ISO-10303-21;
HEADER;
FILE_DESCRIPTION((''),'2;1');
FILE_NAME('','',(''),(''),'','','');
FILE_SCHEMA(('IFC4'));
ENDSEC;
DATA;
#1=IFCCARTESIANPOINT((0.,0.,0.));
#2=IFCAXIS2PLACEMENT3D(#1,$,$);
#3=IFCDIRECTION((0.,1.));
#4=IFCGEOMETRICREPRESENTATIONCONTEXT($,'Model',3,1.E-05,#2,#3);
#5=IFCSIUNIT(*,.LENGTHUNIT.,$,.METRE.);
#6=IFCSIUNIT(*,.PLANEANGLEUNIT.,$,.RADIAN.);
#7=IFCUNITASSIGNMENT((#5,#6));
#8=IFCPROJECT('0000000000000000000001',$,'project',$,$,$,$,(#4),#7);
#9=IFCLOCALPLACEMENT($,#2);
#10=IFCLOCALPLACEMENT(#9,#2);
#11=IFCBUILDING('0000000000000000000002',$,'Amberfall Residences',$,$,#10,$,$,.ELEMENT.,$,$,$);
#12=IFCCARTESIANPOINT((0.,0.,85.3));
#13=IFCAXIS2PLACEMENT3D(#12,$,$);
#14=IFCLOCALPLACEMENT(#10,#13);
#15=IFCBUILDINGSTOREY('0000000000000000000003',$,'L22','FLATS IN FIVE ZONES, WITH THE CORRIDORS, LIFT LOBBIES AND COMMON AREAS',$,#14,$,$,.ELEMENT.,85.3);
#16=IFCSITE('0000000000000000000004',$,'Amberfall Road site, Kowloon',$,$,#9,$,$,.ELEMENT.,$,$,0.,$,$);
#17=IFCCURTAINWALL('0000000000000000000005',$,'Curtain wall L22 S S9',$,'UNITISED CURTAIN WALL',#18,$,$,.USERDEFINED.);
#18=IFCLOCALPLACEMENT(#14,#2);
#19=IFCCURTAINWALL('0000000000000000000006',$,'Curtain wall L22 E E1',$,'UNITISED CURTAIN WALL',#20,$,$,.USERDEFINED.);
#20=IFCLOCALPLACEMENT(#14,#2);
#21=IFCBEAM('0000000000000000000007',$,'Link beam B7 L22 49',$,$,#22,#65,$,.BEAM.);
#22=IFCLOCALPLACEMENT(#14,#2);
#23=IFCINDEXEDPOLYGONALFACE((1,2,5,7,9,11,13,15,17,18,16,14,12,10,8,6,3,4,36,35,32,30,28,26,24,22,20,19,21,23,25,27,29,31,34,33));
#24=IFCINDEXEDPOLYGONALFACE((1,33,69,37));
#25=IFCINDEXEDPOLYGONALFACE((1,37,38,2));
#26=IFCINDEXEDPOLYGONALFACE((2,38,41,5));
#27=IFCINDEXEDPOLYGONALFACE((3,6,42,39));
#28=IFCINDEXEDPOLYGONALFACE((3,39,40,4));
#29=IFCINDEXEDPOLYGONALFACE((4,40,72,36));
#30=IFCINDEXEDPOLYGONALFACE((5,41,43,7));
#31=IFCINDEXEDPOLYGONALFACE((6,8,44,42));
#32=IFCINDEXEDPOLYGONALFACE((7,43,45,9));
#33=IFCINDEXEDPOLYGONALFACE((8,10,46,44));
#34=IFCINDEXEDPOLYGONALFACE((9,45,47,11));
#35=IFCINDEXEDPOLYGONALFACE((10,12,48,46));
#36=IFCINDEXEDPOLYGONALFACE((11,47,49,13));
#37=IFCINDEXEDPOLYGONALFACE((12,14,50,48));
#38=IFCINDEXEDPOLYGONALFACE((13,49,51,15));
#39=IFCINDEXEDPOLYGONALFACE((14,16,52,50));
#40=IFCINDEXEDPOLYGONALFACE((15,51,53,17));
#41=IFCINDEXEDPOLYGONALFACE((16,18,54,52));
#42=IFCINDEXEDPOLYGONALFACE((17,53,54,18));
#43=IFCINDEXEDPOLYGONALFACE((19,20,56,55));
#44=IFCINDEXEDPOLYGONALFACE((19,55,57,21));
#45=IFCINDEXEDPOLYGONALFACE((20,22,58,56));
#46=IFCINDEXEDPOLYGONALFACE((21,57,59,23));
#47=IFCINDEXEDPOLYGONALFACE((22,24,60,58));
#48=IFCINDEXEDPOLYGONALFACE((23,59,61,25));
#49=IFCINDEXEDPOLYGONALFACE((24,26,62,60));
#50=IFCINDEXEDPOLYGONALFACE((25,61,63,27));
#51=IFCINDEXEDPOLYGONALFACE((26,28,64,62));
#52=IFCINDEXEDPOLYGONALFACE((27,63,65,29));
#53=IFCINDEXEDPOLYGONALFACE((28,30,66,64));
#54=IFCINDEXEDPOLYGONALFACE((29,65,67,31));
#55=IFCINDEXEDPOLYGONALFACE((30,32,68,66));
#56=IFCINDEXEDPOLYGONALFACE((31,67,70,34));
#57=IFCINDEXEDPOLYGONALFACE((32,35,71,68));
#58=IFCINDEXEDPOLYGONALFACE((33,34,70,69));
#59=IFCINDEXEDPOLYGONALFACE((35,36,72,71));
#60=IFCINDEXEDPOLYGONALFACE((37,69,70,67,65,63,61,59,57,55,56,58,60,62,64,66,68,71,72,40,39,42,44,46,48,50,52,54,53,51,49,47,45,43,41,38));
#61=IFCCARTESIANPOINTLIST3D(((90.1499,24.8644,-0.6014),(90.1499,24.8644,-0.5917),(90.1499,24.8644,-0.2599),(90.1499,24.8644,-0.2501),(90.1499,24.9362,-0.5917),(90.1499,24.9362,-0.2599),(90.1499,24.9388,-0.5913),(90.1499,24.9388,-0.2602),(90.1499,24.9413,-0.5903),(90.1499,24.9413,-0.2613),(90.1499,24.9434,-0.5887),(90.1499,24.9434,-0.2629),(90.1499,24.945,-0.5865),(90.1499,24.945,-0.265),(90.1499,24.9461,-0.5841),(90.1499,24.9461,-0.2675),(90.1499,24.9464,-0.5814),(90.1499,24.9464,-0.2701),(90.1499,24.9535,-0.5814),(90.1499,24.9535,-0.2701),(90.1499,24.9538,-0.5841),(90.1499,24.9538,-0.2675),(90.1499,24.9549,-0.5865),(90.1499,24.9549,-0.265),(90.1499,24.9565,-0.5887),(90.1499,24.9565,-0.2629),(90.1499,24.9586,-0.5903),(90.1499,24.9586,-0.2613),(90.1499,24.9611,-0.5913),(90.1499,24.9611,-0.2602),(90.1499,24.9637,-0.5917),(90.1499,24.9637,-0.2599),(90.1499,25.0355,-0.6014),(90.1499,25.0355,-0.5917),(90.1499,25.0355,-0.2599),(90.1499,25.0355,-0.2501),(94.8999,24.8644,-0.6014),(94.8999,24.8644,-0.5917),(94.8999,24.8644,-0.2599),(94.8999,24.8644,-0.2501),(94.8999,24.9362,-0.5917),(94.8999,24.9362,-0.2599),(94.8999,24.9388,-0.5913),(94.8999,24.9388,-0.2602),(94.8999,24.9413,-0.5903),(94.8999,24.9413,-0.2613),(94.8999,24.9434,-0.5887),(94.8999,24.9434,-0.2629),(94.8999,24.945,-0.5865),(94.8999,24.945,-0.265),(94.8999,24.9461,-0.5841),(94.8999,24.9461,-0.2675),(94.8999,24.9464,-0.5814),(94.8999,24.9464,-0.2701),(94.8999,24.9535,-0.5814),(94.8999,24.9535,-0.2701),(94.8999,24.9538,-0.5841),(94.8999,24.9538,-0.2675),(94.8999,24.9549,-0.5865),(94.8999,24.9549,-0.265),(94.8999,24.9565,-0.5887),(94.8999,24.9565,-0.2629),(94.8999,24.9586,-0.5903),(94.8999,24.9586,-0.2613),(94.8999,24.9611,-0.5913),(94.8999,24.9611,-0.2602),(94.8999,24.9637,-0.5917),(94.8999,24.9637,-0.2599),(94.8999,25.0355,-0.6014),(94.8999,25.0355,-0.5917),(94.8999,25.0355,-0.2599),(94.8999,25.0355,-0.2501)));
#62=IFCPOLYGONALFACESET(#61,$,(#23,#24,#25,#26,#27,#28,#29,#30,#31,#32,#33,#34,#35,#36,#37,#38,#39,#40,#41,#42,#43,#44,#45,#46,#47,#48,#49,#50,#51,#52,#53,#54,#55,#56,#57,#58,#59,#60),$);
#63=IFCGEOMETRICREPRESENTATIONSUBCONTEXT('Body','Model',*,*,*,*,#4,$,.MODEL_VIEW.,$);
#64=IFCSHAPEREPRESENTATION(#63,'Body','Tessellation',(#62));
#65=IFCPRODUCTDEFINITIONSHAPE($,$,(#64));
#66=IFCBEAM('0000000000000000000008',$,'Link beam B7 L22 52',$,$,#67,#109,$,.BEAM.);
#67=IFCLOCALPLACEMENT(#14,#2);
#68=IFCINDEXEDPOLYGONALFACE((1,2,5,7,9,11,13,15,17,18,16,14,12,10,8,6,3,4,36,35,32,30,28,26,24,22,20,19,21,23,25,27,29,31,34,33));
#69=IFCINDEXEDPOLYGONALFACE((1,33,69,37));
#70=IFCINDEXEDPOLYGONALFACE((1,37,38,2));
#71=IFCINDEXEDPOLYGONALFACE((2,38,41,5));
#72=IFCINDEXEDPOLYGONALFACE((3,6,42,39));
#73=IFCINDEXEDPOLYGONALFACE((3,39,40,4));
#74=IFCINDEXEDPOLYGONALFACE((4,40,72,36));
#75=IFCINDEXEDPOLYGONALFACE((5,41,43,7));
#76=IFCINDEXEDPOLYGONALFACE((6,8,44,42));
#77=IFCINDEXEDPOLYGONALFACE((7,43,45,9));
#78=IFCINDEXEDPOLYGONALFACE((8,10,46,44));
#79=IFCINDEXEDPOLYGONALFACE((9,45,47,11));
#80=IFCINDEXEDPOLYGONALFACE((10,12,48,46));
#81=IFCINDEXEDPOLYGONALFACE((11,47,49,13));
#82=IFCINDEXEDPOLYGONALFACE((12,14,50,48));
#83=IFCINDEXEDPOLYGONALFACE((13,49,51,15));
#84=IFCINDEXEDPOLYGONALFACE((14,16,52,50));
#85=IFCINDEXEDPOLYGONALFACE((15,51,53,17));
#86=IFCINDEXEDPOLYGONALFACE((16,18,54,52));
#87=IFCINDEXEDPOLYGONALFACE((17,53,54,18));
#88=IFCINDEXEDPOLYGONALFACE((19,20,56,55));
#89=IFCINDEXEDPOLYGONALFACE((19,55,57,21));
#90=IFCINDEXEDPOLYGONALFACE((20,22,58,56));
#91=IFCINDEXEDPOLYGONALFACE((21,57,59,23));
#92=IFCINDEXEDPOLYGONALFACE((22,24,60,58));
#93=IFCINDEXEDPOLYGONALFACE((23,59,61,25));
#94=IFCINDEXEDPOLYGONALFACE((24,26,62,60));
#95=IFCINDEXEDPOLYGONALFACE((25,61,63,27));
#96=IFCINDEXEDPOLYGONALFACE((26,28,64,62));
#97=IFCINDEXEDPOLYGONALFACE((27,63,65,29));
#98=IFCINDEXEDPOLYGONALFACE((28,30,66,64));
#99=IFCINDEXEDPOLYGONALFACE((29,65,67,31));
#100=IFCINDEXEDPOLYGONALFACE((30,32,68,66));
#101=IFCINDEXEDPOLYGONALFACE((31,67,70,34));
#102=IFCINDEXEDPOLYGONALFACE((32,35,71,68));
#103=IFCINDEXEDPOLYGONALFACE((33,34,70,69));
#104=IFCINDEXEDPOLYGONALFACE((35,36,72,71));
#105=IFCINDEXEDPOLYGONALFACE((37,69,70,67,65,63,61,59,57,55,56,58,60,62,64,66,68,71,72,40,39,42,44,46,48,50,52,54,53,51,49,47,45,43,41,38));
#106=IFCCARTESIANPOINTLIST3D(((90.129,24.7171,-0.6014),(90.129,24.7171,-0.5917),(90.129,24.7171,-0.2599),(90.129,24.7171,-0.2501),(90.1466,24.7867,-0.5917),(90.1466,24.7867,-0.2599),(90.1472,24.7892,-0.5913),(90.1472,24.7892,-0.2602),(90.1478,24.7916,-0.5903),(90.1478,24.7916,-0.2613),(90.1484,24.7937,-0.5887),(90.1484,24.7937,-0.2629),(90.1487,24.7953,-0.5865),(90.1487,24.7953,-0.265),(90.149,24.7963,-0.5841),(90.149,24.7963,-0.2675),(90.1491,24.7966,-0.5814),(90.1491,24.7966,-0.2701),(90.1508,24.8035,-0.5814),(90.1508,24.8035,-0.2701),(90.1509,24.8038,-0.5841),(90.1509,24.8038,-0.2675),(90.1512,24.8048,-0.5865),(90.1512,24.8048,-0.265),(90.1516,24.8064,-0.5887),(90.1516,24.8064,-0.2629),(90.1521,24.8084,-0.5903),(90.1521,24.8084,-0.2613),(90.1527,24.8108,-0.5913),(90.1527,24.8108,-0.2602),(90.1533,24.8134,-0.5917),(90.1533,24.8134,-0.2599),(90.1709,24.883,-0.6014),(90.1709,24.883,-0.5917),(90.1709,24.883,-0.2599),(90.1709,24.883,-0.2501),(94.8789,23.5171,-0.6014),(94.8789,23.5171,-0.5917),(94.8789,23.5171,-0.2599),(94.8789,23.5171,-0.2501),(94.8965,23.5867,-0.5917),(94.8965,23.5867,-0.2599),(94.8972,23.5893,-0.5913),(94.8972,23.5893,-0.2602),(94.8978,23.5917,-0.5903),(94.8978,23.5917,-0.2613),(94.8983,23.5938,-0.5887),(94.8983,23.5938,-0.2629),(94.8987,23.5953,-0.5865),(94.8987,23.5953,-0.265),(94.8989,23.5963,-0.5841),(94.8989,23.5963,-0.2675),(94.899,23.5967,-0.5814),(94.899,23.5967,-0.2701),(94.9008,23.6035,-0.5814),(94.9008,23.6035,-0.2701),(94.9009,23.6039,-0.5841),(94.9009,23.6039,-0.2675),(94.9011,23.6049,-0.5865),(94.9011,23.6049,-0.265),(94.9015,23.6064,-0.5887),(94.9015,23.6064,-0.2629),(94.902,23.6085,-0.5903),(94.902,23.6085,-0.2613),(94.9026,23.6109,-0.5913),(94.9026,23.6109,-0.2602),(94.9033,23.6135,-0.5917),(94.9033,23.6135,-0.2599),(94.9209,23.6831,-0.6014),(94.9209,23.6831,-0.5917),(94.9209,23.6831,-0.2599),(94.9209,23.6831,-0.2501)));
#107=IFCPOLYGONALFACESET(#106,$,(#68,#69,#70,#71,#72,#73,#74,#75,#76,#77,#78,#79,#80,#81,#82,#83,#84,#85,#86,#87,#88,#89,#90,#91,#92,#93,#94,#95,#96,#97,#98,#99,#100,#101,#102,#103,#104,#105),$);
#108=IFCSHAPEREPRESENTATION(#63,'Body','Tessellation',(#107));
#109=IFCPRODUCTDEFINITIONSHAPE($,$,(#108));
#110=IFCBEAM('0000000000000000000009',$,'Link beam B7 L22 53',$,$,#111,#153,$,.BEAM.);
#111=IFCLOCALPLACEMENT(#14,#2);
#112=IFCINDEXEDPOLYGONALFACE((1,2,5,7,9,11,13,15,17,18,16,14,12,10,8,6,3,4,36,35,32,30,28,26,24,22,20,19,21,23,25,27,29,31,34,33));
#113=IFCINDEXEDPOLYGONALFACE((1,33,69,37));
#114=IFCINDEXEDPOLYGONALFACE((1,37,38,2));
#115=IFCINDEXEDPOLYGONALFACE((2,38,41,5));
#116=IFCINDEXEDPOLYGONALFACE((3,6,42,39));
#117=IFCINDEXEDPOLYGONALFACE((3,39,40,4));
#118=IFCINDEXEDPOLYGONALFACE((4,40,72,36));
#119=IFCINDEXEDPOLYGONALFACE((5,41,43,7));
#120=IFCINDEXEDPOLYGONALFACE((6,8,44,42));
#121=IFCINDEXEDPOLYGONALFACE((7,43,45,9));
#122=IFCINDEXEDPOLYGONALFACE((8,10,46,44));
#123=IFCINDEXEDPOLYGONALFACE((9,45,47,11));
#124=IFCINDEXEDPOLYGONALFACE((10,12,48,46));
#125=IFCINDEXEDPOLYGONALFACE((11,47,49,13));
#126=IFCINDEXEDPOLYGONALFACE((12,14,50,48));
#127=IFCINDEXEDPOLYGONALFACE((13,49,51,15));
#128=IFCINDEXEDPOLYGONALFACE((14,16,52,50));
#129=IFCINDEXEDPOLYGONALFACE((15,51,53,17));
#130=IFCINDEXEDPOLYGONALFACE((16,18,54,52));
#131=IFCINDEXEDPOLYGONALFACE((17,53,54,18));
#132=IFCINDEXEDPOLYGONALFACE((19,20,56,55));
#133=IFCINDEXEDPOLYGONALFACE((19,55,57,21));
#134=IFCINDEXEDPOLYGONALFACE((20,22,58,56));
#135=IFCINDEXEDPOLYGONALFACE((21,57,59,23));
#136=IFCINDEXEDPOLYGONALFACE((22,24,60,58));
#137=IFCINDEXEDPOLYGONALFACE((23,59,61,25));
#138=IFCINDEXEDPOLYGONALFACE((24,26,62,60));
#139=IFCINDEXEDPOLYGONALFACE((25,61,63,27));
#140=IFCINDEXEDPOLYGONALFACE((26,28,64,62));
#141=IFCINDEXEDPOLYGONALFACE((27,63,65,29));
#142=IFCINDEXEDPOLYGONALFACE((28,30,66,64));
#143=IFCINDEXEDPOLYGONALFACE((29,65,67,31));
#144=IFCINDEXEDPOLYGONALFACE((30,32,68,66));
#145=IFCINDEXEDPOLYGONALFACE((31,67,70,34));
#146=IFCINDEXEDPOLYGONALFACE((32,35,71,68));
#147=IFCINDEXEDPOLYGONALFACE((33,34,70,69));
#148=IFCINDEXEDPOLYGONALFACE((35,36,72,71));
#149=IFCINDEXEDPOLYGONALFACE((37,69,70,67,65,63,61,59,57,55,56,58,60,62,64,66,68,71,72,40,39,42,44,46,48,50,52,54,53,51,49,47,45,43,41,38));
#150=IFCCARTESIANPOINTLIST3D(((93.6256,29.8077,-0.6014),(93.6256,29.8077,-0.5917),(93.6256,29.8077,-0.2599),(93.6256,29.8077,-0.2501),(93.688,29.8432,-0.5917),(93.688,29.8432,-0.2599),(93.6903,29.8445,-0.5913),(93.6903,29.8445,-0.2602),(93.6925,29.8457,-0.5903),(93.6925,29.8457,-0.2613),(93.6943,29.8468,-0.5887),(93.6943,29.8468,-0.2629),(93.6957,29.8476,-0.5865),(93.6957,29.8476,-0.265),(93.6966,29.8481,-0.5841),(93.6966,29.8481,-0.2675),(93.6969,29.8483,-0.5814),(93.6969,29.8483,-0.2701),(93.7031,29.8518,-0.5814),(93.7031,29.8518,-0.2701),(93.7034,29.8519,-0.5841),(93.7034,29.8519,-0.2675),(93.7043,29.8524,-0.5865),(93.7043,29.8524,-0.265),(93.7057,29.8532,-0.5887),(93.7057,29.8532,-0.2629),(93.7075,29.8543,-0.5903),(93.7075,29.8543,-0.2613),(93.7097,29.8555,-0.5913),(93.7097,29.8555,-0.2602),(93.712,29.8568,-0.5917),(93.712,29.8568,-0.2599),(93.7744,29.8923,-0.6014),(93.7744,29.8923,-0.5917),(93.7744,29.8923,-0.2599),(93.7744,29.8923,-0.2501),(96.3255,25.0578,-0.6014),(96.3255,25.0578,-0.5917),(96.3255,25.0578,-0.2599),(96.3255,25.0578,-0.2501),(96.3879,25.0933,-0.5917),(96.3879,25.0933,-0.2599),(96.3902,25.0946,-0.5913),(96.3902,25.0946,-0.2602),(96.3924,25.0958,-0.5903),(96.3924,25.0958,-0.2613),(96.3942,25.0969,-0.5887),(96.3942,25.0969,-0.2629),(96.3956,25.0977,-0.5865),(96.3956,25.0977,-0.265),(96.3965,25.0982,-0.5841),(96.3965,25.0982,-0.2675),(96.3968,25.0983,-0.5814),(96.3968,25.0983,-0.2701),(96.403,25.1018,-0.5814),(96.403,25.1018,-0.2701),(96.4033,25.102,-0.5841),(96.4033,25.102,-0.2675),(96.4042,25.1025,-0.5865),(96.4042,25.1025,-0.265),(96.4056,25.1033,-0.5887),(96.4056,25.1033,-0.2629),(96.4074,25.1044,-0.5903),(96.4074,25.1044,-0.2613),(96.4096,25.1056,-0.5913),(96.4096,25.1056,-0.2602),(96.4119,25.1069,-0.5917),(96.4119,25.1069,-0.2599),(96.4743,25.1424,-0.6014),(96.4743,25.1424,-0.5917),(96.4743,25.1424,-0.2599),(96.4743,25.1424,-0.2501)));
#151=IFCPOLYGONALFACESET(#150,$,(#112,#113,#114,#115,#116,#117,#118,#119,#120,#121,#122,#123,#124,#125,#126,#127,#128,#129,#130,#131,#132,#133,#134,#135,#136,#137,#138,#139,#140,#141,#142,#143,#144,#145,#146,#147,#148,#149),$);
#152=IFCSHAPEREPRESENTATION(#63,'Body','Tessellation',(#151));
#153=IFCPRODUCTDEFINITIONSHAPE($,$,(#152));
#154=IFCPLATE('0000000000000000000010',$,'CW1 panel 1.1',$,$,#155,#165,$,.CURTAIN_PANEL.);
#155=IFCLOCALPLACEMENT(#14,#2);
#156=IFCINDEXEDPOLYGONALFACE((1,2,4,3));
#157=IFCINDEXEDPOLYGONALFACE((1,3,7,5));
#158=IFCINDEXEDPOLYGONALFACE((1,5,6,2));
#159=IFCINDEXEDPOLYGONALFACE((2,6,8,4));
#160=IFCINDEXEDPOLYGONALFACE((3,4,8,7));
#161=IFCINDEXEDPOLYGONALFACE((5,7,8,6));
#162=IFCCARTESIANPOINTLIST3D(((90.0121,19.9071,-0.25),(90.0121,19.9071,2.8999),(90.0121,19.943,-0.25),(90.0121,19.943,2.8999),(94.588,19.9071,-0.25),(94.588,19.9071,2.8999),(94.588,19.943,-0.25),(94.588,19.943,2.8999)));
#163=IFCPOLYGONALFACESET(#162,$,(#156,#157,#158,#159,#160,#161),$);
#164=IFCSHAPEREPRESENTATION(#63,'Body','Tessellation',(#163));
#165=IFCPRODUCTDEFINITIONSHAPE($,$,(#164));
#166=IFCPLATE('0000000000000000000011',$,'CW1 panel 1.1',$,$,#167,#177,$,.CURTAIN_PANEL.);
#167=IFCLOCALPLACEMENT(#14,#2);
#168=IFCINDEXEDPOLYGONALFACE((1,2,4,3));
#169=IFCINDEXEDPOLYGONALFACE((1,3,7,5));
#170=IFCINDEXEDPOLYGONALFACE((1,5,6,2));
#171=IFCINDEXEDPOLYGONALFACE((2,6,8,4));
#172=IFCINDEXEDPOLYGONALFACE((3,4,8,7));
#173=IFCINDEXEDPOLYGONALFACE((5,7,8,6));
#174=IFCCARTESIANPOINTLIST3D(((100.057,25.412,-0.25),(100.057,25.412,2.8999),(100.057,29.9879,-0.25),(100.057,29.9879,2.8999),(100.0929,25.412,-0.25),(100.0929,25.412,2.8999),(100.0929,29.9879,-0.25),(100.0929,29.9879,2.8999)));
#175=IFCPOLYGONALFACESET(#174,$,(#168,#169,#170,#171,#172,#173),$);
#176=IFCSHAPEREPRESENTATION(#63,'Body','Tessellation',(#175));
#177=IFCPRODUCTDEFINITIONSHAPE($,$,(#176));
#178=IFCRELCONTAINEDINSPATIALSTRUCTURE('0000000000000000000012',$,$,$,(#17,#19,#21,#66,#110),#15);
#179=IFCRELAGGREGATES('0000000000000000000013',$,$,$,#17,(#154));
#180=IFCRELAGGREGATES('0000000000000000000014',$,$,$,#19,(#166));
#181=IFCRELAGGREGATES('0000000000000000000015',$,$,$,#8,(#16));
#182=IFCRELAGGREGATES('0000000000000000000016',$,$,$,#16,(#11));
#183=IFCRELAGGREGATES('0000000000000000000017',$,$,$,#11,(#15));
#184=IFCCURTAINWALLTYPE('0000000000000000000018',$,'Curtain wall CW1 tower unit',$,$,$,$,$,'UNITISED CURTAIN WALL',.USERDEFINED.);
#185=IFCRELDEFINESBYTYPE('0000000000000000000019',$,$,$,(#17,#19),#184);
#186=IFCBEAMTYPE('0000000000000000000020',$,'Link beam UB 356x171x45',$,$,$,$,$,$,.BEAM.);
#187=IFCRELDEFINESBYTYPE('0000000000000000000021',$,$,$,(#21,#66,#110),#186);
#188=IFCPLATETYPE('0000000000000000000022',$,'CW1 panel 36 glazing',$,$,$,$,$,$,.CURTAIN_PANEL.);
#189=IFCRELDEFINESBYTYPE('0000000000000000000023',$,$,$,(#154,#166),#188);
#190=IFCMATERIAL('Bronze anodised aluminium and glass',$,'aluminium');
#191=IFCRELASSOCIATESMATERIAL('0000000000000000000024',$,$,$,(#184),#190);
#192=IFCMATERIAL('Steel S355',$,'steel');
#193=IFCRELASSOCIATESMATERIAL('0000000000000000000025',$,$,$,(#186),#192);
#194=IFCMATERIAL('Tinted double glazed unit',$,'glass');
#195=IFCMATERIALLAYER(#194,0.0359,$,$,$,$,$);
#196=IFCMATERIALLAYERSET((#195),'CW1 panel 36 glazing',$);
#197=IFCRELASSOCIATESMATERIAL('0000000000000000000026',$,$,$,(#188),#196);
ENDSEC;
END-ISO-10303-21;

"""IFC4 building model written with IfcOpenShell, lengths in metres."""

from ifc_helpers import new_model, si_unit, direction, frame, origin, origin_2d, place, context, subcontext, project, spatial, rectangle, i_section, extrude, material, layer, layer_set, material_profile, profile_set, type_object, element, aggregate, save


model = new_model("IFC4")

# Units and contexts
model_context = context("Model", 3, precision=1e-05, world=origin(), true_north=direction((0.0, 1.0)))
body_context = subcontext(model_context, "Body", "Model", "MODEL_VIEW")
ifc_project = project(units=[si_unit("LENGTHUNIT", "METRE"), si_unit("PLANEANGLEUNIT", "RADIAN")], contexts=[model_context])

# Site, building, storey
site_placement = place(None, origin())
site = spatial("IfcSite", under=ifc_project, at=site_placement, Name="Amberfall Road site, Kowloon", CompositionType="ELEMENT", RefElevation=0.0)
building_placement = place(site_placement, origin())
building = spatial("IfcBuilding", under=site, at=building_placement, Name="Amberfall Residences", CompositionType="ELEMENT")
storey_placement = place(building_placement, frame((0.0, 0.0, 85.3)))
storey = spatial("IfcBuildingStorey", under=building, at=storey_placement, Name="L22", Description="FLATS IN FIVE ZONES, WITH THE CORRIDORS, LIFT LOBBIES AND COMMON AREAS", CompositionType="ELEMENT", Elevation=85.3)

# Curtain walls
ifc_material_1 = material(Name="Bronze anodised aluminium and glass", Category="aluminium")
curtain_wall_type = type_object("IfcCurtainWallType", Name="Curtain wall CW1 tower unit", ElementType="UNITISED CURTAIN WALL", PredefinedType="USERDEFINED", material=ifc_material_1)
curtain_wall_1_placement = place(storey_placement, origin())
curtain_wall_1 = element("IfcCurtainWall", 1, at=curtain_wall_1_placement, inside=storey, type_object=curtain_wall_type, Name="Curtain wall L22 S S9", ObjectType="UNITISED CURTAIN WALL", PredefinedType="USERDEFINED")
curtain_wall_2_placement = place(storey_placement, origin())
curtain_wall_2 = element("IfcCurtainWall", 2, at=curtain_wall_2_placement, inside=storey, type_object=curtain_wall_type, Name="Curtain wall L22 E E1", ObjectType="UNITISED CURTAIN WALL", PredefinedType="USERDEFINED")

# Beams
ifc_material_2 = material(Name="Steel S355", Category="steel")
ifc_material_profile_1 = material_profile(ifc_material_2, i_section(OverallWidth=0.1711, OverallDepth=0.3513, WebThickness=0.0071, FlangeThickness=0.0098, FilletRadius=0.0103, at=origin_2d()), Name="UB 356x171x45")
ifc_profile_set_1 = profile_set([ifc_material_profile_1], Name="Steel S355")
beam_type_1 = type_object("IfcBeamType", Name="Link beam UB 356x171x45", PredefinedType="BEAM", material=ifc_profile_set_1)
beam_1_placement = place(storey_placement, frame((90.1499, 24.95, -0.4258), z_axis=(1.0, 0.0, 0.0), x_axis=(0.0, 1.0, 0.0)))
element("IfcBeam", 3, at=beam_1_placement, inside=storey, type_object=beam_type_1, Name="Link beam B7 L22 49", PredefinedType="BEAM", context=body_context, shape_type="SweptSolid", body=[
    extrude(i_section(OverallWidth=0.1711, OverallDepth=0.3513, WebThickness=0.0071, FlangeThickness=0.0098, FilletRadius=0.0103, at=origin_2d()), origin(), (0.0, 0.0, 1.0), 4.75),
])
beam_2_placement = place(storey_placement, frame((94.8999, 23.6001, -0.4258), z_axis=(-0.969542, 0.244927, 0.0), x_axis=(-0.244927, -0.969542, 0.0)))
element("IfcBeam", 4, at=beam_2_placement, inside=storey, type_object=beam_type_1, Name="Link beam B7 L22 52", PredefinedType="BEAM", context=body_context, shape_type="SweptSolid", body=[
    extrude(i_section(OverallWidth=0.1711, OverallDepth=0.3513, WebThickness=0.0071, FlangeThickness=0.0098, FilletRadius=0.0103, at=origin_2d()), origin(), (0.0, 0.0, 1.0), 4.8992),
])
beam_3_placement = place(storey_placement, frame((96.3999, 25.1001, -0.4258), z_axis=(-0.49416, 0.869371, 0.0), x_axis=(-0.869371, -0.49416, 0.0)))
element("IfcBeam", 5, at=beam_3_placement, inside=storey, type_object=beam_type_1, Name="Link beam B7 L22 53", PredefinedType="BEAM", context=body_context, shape_type="SweptSolid", body=[
    extrude(i_section(OverallWidth=0.1711, OverallDepth=0.3513, WebThickness=0.0071, FlangeThickness=0.0098, FilletRadius=0.0103, at=origin_2d()), origin(), (0.0, 0.0, 1.0), 5.4636),
])

# Plates
ifc_material_3 = material(Name="Tinted double glazed unit", Category="glass")
ifc_layer_1 = layer(ifc_material_3, 0.0359)
ifc_layer_set_1 = layer_set([ifc_layer_1], Name="CW1 panel 36 glazing")
plate_type = type_object("IfcPlateType", Name="CW1 panel 36 glazing", PredefinedType="CURTAIN_PANEL", material=ifc_layer_set_1)
plate_1_placement = place(storey_placement, frame((92.3, 19.925, -0.25), z_axis=(0.0, 0.0, 1.0), x_axis=(1.0, 0.0, 0.0)))
plate_1 = element("IfcPlate", 6, at=plate_1_placement, type_object=plate_type, Name="CW1 panel 1.1", PredefinedType="CURTAIN_PANEL", context=body_context, shape_type="SweptSolid", body=[
    extrude(rectangle(XDim=4.5759, YDim=0.0359, at=origin_2d()), origin(), (0.0, 0.0, 1.0), 3.1499),
])
aggregate(curtain_wall_1, [plate_1])
plate_2_placement = place(storey_placement, frame((100.075, 27.7, -0.25), z_axis=(0.0, 0.0, 1.0), x_axis=(0.0, 1.0, 0.0)))
plate_2 = element("IfcPlate", 7, at=plate_2_placement, type_object=plate_type, Name="CW1 panel 1.1", PredefinedType="CURTAIN_PANEL", context=body_context, shape_type="SweptSolid", body=[
    extrude(rectangle(XDim=4.5759, YDim=0.0359, at=origin_2d()), origin(), (0.0, 0.0, 1.0), 3.1499),
])
aggregate(curtain_wall_2, [plate_2])

save(model, "model.ifc")
